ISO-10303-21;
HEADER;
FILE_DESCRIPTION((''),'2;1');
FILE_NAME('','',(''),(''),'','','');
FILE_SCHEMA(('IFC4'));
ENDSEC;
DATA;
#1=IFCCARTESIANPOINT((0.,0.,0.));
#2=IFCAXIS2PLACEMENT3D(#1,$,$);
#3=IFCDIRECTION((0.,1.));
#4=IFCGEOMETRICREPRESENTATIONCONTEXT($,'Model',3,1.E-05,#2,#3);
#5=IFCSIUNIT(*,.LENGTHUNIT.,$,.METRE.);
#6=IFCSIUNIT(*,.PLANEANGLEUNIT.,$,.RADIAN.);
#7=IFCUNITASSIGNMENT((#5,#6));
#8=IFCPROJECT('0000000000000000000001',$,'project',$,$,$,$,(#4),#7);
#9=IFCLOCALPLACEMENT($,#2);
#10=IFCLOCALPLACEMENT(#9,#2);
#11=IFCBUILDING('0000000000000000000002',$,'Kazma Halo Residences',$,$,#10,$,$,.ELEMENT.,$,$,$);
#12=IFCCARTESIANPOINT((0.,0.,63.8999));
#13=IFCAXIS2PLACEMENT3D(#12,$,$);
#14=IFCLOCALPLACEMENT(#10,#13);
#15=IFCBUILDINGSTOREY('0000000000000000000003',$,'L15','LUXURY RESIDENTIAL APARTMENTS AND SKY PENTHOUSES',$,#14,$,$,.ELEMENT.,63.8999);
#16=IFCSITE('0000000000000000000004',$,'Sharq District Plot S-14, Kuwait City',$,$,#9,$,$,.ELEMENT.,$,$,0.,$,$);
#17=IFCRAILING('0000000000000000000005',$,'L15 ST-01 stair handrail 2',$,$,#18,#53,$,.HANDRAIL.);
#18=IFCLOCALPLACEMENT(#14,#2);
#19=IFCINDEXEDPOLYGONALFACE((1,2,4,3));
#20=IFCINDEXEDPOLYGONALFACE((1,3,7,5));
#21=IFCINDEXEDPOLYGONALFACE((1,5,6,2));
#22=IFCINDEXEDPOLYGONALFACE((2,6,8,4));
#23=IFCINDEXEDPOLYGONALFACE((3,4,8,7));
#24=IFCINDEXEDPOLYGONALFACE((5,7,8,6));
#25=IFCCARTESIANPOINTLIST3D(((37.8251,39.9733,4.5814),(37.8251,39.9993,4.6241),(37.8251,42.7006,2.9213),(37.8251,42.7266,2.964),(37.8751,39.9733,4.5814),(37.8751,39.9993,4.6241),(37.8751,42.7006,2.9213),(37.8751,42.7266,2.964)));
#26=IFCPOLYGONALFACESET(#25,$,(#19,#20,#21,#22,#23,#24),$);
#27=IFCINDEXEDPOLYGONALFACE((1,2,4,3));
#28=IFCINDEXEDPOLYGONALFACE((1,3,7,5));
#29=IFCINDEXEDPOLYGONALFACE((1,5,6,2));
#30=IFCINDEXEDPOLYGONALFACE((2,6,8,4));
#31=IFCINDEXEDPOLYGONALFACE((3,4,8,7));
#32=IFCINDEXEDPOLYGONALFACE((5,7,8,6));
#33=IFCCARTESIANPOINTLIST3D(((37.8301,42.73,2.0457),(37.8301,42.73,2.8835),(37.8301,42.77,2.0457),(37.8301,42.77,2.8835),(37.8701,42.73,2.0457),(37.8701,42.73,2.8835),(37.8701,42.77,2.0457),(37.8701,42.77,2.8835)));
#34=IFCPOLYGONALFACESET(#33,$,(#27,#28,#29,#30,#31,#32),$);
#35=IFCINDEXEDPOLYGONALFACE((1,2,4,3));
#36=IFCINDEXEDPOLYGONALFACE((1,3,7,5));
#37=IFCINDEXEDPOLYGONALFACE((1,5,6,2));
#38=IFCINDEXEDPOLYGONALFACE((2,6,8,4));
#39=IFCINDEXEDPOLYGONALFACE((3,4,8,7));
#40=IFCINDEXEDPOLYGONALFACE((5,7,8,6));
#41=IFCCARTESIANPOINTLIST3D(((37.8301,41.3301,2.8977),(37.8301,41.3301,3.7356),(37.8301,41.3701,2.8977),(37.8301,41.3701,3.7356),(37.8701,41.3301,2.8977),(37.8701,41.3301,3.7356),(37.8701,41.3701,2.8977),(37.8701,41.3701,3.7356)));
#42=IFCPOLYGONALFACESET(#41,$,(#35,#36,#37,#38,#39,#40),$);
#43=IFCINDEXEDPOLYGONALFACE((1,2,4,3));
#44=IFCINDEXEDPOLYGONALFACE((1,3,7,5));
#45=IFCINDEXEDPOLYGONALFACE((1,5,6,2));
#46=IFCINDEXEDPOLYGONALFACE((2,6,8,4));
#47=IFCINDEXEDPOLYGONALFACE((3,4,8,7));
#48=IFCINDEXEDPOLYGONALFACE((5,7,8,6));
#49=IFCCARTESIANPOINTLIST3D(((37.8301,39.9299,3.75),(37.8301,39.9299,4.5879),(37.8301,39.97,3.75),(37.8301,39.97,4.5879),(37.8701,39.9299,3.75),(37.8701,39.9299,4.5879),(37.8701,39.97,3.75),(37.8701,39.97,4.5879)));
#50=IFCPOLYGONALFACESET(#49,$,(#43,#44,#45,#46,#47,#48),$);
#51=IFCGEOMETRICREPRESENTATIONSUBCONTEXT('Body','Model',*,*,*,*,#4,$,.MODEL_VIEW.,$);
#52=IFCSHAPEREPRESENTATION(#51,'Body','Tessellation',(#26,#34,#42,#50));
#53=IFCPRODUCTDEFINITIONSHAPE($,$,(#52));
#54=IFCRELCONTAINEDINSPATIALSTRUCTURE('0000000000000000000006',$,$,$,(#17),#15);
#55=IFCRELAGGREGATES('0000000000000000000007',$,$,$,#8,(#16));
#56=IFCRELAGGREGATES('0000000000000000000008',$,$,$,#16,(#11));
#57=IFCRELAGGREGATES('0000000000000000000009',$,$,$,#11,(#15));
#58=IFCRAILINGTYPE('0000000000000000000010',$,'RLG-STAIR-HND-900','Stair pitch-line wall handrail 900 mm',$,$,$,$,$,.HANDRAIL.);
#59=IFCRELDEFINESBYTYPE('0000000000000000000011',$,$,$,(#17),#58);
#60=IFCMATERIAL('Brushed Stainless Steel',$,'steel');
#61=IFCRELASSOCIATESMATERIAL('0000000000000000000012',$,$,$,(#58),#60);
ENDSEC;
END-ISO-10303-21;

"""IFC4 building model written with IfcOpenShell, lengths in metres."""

from ifc_helpers import new_model, si_unit, direction, frame, origin, origin_2d, place, context, subcontext, project, spatial, rectangle, extrude, material, type_object, element, save


model = new_model("IFC4")

# Units and contexts
model_context = context("Model", 3, precision=1e-05, world=origin(), true_north=direction((0.0, 1.0)))
body_context = subcontext(model_context, "Body", "Model", "MODEL_VIEW")
ifc_project = project(units=[si_unit("LENGTHUNIT", "METRE"), si_unit("PLANEANGLEUNIT", "RADIAN")], contexts=[model_context])

# Site, building, storey
site_placement = place(None, origin())
site = spatial("IfcSite", under=ifc_project, at=site_placement, Name="Sharq District Plot S-14, Kuwait City", CompositionType="ELEMENT", RefElevation=0.0)
building_placement = place(site_placement, origin())
building = spatial("IfcBuilding", under=site, at=building_placement, Name="Kazma Halo Residences", CompositionType="ELEMENT")
storey_placement = place(building_placement, frame((0.0, 0.0, 63.8999)))
storey = spatial("IfcBuildingStorey", under=building, at=storey_placement, Name="L15", Description="LUXURY RESIDENTIAL APARTMENTS AND SKY PENTHOUSES", CompositionType="ELEMENT", Elevation=63.8999)

# Railing
ifc_material_1 = material(Name="Brushed Stainless Steel", Category="steel")
railing_type_1 = type_object("IfcRailingType", Name="RLG-STAIR-HND-900", Description="Stair pitch-line wall handrail 900 mm", PredefinedType="HANDRAIL", material=ifc_material_1)
railing_1_placement = place(storey_placement, frame((37.8501, 42.75, 2.0457)))
element("IfcRailing", 1, at=railing_1_placement, inside=storey, type_object=railing_type_1, Name="L15 ST-01 stair handrail 2", PredefinedType="HANDRAIL", context=body_context, shape_type="SweptSolid", body=[
    extrude(rectangle(XDim=0.05, YDim=0.05, at=origin_2d()), frame((0.0, -0.0364, 0.897), z_axis=(0.0, -0.854203, 0.51994), x_axis=(1.0, 0.0, 0.0)), (0.0, 0.0, 1.0), 3.1929),
    extrude(rectangle(XDim=0.04, YDim=0.04, at=origin_2d()), origin(), (0.0, 0.0, 1.0), 0.8379),
    extrude(rectangle(XDim=0.04, YDim=0.04, at=origin_2d()), frame((0.0, -1.3999, 0.8521)), (0.0, 0.0, 1.0), 0.8379),
    extrude(rectangle(XDim=0.04, YDim=0.04, at=origin_2d()), frame((0.0, -2.8, 1.7043)), (0.0, 0.0, 1.0), 0.8379),
])

save(model, "model.ifc")
